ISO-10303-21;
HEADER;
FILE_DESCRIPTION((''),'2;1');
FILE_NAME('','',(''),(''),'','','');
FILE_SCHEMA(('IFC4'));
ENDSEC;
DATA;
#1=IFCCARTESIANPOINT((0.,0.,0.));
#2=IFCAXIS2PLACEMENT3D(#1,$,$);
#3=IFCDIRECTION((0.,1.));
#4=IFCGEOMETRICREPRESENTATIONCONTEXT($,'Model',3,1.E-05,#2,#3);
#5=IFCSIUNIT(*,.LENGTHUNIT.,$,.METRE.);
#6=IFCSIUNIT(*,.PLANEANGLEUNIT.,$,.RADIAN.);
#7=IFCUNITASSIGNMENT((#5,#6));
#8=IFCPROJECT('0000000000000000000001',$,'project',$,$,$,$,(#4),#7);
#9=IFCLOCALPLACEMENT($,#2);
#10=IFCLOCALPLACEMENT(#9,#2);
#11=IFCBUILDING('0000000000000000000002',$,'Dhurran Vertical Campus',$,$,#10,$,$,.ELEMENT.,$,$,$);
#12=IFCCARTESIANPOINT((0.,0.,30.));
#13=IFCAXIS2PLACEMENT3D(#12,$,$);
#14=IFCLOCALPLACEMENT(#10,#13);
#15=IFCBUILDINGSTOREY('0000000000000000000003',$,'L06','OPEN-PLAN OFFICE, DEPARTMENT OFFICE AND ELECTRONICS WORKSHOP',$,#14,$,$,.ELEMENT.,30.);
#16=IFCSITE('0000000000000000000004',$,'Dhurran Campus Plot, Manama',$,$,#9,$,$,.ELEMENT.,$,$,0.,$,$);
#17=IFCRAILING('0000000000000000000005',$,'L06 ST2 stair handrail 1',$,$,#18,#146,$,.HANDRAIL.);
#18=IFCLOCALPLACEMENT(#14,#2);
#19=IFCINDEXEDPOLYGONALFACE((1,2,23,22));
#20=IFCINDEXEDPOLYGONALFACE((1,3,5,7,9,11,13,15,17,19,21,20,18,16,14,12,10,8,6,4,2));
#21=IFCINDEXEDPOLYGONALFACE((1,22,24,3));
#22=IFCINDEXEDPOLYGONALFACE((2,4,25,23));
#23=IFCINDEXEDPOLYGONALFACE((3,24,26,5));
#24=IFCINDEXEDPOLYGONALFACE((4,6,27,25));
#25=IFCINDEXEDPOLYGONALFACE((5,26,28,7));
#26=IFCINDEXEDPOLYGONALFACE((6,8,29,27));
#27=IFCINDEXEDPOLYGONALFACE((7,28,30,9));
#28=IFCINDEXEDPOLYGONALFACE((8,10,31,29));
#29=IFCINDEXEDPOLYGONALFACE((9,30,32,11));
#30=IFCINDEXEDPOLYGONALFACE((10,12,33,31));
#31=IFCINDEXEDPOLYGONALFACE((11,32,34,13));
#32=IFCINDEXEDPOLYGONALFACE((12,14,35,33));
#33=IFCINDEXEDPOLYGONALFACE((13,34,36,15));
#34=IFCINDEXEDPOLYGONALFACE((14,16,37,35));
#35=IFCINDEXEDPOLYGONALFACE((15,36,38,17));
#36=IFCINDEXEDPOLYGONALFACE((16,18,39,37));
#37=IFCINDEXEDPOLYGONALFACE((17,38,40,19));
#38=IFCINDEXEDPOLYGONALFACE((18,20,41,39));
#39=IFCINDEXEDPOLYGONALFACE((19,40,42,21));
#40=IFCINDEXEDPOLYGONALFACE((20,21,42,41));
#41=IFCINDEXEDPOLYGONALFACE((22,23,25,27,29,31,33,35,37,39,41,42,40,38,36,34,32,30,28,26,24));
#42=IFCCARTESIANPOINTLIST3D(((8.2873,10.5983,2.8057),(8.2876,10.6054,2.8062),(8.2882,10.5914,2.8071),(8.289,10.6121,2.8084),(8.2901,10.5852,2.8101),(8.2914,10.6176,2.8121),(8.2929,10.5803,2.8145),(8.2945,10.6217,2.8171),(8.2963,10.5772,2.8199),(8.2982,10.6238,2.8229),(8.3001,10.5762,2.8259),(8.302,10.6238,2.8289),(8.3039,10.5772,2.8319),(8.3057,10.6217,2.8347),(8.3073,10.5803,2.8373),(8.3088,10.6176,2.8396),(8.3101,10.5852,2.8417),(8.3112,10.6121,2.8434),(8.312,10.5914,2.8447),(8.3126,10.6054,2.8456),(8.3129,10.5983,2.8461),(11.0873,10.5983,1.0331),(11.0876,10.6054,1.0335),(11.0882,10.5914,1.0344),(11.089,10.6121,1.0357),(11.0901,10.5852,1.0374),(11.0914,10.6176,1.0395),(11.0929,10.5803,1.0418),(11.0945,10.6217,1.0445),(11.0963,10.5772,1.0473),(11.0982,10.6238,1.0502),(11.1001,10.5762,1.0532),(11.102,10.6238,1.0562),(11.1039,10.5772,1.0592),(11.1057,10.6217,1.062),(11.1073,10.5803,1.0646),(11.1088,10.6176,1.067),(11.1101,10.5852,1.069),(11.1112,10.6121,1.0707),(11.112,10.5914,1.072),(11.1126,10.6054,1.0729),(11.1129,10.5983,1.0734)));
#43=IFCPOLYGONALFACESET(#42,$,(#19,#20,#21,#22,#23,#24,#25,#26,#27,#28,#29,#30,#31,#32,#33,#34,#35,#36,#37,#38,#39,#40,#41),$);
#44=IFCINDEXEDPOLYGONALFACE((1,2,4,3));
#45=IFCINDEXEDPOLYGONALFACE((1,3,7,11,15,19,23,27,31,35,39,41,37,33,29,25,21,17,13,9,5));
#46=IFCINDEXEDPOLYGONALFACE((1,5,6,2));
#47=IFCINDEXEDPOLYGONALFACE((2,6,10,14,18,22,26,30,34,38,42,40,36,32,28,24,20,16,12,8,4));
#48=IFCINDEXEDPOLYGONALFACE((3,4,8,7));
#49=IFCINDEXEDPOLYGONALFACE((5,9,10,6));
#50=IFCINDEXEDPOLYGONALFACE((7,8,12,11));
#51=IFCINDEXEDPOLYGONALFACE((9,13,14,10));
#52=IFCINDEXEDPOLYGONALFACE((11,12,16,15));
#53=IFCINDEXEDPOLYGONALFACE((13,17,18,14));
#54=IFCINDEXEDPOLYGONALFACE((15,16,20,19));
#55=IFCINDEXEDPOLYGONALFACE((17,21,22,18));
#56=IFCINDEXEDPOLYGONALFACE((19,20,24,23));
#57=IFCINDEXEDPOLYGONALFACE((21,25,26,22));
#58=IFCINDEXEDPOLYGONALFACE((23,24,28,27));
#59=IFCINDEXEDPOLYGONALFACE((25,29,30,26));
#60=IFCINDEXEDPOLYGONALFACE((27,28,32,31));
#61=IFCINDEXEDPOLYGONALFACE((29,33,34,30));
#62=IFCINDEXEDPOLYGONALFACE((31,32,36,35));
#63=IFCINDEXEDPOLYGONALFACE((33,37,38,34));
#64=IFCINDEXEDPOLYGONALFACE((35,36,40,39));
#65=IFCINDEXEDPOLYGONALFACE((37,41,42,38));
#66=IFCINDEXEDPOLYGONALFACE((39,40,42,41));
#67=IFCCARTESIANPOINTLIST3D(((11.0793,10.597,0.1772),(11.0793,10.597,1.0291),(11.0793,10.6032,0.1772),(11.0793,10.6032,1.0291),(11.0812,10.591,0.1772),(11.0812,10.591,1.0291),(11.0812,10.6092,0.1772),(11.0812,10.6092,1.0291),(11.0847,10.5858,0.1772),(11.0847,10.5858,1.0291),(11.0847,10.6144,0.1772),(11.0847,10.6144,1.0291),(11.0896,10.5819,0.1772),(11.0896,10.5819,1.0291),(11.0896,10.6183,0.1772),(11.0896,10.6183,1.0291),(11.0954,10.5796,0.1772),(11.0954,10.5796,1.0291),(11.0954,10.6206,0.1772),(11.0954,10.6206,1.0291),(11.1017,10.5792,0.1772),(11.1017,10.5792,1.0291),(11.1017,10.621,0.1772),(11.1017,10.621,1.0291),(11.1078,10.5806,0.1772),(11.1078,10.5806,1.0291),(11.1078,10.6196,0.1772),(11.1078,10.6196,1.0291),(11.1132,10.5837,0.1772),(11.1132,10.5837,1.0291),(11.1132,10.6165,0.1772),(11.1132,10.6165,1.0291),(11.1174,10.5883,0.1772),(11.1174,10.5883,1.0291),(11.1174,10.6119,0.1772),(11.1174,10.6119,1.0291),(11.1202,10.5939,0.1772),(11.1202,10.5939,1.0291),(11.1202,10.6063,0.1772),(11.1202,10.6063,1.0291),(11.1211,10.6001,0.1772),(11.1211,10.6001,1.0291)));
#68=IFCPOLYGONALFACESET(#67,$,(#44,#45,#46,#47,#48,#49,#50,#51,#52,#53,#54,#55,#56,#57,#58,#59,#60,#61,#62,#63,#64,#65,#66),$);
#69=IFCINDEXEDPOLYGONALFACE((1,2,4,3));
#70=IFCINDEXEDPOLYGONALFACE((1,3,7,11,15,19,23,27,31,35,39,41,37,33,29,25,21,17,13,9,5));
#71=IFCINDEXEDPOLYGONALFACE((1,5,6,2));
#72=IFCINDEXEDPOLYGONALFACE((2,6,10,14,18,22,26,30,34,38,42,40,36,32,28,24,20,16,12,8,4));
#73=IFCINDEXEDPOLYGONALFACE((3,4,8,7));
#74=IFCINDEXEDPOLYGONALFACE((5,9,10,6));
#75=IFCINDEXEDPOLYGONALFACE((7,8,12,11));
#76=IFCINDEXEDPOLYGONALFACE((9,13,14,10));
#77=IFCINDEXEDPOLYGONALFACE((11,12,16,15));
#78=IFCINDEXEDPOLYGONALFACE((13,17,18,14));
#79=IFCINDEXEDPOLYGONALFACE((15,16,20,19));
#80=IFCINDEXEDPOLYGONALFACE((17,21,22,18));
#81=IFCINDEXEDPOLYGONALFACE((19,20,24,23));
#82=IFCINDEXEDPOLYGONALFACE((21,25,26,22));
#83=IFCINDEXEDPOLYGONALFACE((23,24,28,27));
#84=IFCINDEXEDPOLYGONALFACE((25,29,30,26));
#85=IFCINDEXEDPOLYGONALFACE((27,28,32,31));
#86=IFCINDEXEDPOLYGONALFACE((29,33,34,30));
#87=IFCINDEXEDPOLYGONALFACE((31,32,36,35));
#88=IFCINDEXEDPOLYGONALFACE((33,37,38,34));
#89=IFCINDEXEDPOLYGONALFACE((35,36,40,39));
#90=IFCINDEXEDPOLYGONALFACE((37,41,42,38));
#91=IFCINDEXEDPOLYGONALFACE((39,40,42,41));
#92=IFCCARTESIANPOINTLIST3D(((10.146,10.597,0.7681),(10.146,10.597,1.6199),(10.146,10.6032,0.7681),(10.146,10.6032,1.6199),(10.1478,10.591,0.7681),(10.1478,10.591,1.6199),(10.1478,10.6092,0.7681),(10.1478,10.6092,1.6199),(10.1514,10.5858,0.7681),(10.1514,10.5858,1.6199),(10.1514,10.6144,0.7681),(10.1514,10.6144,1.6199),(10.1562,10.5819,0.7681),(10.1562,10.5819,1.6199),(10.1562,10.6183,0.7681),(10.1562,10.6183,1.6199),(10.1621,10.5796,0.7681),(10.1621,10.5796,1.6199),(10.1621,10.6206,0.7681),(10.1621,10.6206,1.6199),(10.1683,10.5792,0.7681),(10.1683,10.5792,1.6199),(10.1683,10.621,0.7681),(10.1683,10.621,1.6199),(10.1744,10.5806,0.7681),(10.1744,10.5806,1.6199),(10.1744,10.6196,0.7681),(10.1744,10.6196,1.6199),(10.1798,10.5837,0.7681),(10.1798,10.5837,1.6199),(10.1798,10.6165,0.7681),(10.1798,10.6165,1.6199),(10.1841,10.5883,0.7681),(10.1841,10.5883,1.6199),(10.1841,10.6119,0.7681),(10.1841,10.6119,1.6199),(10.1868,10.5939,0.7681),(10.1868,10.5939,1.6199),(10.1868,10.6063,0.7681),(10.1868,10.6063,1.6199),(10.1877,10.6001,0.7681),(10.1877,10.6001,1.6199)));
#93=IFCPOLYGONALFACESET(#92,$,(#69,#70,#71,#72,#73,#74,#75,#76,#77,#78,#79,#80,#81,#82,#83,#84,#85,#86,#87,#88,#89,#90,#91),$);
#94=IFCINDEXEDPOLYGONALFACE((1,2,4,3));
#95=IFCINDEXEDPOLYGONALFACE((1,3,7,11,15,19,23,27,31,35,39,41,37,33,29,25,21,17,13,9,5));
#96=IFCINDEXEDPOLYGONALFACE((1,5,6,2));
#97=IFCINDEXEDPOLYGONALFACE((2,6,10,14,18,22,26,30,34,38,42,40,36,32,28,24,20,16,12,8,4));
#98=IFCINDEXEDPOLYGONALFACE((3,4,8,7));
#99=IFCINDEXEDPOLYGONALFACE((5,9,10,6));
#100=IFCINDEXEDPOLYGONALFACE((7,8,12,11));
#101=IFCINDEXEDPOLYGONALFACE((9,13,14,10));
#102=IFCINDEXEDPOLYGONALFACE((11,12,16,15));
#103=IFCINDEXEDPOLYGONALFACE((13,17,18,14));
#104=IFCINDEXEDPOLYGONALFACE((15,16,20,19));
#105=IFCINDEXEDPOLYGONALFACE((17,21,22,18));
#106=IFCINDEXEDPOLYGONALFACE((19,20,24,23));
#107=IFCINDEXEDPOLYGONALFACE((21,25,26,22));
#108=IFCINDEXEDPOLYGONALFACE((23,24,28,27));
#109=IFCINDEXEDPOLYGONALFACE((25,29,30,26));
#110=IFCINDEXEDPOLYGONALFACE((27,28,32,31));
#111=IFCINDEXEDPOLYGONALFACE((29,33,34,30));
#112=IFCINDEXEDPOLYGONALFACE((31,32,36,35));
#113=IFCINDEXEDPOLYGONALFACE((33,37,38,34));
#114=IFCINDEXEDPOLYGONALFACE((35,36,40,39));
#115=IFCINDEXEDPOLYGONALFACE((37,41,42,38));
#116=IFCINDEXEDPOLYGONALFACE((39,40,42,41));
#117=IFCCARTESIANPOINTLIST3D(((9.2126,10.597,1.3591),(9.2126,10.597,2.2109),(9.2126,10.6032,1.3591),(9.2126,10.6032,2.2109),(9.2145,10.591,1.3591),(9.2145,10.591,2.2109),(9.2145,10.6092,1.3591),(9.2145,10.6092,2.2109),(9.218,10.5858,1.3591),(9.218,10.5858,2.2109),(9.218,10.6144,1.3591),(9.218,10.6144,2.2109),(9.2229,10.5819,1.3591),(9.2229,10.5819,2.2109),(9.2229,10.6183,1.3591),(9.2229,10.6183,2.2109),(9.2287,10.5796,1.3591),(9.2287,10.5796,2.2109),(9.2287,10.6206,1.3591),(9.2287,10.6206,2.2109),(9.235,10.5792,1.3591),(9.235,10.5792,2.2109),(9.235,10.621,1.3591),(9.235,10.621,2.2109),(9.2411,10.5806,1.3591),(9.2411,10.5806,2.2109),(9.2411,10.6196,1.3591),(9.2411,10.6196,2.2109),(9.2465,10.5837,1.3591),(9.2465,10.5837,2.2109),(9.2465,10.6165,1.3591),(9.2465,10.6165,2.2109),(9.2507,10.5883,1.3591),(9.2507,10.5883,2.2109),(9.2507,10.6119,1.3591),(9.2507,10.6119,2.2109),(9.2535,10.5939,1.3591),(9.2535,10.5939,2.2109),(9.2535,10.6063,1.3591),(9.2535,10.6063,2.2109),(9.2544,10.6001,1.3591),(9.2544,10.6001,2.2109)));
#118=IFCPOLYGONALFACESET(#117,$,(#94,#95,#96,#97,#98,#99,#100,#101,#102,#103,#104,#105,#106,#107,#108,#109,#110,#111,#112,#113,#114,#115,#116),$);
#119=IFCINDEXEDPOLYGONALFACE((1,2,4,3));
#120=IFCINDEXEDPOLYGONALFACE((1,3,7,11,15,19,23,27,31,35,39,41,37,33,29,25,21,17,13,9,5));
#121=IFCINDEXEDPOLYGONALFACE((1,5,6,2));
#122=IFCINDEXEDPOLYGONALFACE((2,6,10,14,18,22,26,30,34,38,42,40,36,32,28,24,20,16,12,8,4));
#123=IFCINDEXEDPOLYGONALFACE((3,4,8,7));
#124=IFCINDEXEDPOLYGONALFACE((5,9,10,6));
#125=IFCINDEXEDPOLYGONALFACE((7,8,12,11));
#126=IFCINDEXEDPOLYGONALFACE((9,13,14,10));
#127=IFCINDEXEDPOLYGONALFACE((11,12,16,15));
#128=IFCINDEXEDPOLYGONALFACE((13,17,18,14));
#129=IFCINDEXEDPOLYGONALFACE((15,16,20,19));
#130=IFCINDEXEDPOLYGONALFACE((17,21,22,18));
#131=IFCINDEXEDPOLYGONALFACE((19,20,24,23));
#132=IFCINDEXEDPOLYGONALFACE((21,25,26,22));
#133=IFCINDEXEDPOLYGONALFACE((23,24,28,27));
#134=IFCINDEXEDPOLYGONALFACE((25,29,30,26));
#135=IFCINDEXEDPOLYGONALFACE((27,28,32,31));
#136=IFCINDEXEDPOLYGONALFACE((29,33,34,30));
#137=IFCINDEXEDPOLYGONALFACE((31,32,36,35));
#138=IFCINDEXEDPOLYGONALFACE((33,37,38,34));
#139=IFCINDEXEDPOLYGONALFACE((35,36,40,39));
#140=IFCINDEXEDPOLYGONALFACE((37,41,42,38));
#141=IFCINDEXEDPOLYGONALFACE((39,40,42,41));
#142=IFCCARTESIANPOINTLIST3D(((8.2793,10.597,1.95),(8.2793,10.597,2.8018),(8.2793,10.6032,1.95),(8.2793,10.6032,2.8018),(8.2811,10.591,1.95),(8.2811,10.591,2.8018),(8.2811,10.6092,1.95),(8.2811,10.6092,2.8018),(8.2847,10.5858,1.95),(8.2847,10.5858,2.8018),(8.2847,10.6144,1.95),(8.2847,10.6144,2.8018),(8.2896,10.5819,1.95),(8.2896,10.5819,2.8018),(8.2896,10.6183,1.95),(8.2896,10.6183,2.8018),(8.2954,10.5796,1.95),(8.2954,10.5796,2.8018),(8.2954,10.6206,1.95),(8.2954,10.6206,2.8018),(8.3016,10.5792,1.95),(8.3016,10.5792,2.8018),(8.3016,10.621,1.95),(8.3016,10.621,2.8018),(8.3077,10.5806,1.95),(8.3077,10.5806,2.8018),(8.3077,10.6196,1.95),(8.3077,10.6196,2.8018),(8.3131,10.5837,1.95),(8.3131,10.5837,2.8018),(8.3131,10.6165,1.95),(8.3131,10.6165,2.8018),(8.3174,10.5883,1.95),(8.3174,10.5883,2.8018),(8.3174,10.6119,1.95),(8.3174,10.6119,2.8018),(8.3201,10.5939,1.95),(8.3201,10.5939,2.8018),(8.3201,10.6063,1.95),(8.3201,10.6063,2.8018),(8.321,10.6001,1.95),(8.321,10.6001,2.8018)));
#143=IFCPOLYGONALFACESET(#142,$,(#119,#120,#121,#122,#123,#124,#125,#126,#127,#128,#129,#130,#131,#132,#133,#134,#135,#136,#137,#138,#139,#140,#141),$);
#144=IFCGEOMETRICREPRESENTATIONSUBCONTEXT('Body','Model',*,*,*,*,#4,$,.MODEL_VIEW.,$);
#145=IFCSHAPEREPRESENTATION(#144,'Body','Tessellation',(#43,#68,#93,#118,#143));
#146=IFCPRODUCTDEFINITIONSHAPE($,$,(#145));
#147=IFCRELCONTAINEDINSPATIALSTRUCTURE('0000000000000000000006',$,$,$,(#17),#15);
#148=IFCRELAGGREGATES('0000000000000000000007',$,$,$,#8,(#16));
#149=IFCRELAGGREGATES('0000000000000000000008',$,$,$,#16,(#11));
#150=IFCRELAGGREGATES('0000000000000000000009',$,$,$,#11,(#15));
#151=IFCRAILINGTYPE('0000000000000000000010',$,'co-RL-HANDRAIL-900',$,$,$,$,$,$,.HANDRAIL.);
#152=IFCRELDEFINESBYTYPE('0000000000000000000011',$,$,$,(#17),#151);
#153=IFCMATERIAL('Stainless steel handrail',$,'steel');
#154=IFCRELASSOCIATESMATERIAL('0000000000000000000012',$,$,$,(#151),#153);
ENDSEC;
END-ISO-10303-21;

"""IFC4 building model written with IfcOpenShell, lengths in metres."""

from ifc_helpers import new_model, si_unit, direction, frame, origin, origin_2d, place, context, subcontext, project, spatial, circle, extrude, material, type_object, element, save


model = new_model("IFC4")

# Units and contexts
model_context = context("Model", 3, precision=1e-05, world=origin(), true_north=direction((0.0, 1.0)))
body_context = subcontext(model_context, "Body", "Model", "MODEL_VIEW")
ifc_project = project(units=[si_unit("LENGTHUNIT", "METRE"), si_unit("PLANEANGLEUNIT", "RADIAN")], contexts=[model_context])

# Site, building, storey
site_placement = place(None, origin())
site = spatial("IfcSite", under=ifc_project, at=site_placement, Name="Dhurran Campus Plot, Manama", CompositionType="ELEMENT", RefElevation=0.0)
building_placement = place(site_placement, origin())
building = spatial("IfcBuilding", under=site, at=building_placement, Name="Dhurran Vertical Campus", CompositionType="ELEMENT")
storey_placement = place(building_placement, frame((0.0, 0.0, 30.0)))
storey = spatial("IfcBuildingStorey", under=building, at=storey_placement, Name="L06", Description="OPEN-PLAN OFFICE, DEPARTMENT OFFICE AND ELECTRONICS WORKSHOP", CompositionType="ELEMENT", Elevation=30.0)

# Railing
ifc_material_1 = material(Name="Stainless steel handrail", Category="steel")
railing_type_1 = type_object("IfcRailingType", Name="co-RL-HANDRAIL-900", PredefinedType="HANDRAIL", material=ifc_material_1)
railing_1_placement = place(storey_placement, frame((11.1001, 10.6001, 0.1772)))
element("IfcRailing", 1, at=railing_1_placement, inside=storey, type_object=railing_type_1, Name="L06 ST2 stair handrail 1", PredefinedType="HANDRAIL", context=body_context, shape_type="SweptSolid", body=[
    extrude(circle(Radius=0.0239, at=origin_2d()), frame((0.0, 0.0, 0.876), z_axis=(-0.844909, 0.0, 0.53491), x_axis=(0.0, -1.0, 0.0)), (0.0, 0.0, 1.0), 3.314),
    extrude(circle(Radius=0.021, at=origin_2d()), origin(), (0.0, 0.0, 1.0), 0.8518),
    extrude(circle(Radius=0.021, at=origin_2d()), frame((-0.9333, 0.0, 0.5908)), (0.0, 0.0, 1.0), 0.8518),
    extrude(circle(Radius=0.021, at=origin_2d()), frame((-1.8667, 0.0, 1.1819)), (0.0, 0.0, 1.0), 0.8518),
    extrude(circle(Radius=0.021, at=origin_2d()), frame((-2.8, 0.0, 1.7727)), (0.0, 0.0, 1.0), 0.8518),
])

save(model, "model.ifc")
